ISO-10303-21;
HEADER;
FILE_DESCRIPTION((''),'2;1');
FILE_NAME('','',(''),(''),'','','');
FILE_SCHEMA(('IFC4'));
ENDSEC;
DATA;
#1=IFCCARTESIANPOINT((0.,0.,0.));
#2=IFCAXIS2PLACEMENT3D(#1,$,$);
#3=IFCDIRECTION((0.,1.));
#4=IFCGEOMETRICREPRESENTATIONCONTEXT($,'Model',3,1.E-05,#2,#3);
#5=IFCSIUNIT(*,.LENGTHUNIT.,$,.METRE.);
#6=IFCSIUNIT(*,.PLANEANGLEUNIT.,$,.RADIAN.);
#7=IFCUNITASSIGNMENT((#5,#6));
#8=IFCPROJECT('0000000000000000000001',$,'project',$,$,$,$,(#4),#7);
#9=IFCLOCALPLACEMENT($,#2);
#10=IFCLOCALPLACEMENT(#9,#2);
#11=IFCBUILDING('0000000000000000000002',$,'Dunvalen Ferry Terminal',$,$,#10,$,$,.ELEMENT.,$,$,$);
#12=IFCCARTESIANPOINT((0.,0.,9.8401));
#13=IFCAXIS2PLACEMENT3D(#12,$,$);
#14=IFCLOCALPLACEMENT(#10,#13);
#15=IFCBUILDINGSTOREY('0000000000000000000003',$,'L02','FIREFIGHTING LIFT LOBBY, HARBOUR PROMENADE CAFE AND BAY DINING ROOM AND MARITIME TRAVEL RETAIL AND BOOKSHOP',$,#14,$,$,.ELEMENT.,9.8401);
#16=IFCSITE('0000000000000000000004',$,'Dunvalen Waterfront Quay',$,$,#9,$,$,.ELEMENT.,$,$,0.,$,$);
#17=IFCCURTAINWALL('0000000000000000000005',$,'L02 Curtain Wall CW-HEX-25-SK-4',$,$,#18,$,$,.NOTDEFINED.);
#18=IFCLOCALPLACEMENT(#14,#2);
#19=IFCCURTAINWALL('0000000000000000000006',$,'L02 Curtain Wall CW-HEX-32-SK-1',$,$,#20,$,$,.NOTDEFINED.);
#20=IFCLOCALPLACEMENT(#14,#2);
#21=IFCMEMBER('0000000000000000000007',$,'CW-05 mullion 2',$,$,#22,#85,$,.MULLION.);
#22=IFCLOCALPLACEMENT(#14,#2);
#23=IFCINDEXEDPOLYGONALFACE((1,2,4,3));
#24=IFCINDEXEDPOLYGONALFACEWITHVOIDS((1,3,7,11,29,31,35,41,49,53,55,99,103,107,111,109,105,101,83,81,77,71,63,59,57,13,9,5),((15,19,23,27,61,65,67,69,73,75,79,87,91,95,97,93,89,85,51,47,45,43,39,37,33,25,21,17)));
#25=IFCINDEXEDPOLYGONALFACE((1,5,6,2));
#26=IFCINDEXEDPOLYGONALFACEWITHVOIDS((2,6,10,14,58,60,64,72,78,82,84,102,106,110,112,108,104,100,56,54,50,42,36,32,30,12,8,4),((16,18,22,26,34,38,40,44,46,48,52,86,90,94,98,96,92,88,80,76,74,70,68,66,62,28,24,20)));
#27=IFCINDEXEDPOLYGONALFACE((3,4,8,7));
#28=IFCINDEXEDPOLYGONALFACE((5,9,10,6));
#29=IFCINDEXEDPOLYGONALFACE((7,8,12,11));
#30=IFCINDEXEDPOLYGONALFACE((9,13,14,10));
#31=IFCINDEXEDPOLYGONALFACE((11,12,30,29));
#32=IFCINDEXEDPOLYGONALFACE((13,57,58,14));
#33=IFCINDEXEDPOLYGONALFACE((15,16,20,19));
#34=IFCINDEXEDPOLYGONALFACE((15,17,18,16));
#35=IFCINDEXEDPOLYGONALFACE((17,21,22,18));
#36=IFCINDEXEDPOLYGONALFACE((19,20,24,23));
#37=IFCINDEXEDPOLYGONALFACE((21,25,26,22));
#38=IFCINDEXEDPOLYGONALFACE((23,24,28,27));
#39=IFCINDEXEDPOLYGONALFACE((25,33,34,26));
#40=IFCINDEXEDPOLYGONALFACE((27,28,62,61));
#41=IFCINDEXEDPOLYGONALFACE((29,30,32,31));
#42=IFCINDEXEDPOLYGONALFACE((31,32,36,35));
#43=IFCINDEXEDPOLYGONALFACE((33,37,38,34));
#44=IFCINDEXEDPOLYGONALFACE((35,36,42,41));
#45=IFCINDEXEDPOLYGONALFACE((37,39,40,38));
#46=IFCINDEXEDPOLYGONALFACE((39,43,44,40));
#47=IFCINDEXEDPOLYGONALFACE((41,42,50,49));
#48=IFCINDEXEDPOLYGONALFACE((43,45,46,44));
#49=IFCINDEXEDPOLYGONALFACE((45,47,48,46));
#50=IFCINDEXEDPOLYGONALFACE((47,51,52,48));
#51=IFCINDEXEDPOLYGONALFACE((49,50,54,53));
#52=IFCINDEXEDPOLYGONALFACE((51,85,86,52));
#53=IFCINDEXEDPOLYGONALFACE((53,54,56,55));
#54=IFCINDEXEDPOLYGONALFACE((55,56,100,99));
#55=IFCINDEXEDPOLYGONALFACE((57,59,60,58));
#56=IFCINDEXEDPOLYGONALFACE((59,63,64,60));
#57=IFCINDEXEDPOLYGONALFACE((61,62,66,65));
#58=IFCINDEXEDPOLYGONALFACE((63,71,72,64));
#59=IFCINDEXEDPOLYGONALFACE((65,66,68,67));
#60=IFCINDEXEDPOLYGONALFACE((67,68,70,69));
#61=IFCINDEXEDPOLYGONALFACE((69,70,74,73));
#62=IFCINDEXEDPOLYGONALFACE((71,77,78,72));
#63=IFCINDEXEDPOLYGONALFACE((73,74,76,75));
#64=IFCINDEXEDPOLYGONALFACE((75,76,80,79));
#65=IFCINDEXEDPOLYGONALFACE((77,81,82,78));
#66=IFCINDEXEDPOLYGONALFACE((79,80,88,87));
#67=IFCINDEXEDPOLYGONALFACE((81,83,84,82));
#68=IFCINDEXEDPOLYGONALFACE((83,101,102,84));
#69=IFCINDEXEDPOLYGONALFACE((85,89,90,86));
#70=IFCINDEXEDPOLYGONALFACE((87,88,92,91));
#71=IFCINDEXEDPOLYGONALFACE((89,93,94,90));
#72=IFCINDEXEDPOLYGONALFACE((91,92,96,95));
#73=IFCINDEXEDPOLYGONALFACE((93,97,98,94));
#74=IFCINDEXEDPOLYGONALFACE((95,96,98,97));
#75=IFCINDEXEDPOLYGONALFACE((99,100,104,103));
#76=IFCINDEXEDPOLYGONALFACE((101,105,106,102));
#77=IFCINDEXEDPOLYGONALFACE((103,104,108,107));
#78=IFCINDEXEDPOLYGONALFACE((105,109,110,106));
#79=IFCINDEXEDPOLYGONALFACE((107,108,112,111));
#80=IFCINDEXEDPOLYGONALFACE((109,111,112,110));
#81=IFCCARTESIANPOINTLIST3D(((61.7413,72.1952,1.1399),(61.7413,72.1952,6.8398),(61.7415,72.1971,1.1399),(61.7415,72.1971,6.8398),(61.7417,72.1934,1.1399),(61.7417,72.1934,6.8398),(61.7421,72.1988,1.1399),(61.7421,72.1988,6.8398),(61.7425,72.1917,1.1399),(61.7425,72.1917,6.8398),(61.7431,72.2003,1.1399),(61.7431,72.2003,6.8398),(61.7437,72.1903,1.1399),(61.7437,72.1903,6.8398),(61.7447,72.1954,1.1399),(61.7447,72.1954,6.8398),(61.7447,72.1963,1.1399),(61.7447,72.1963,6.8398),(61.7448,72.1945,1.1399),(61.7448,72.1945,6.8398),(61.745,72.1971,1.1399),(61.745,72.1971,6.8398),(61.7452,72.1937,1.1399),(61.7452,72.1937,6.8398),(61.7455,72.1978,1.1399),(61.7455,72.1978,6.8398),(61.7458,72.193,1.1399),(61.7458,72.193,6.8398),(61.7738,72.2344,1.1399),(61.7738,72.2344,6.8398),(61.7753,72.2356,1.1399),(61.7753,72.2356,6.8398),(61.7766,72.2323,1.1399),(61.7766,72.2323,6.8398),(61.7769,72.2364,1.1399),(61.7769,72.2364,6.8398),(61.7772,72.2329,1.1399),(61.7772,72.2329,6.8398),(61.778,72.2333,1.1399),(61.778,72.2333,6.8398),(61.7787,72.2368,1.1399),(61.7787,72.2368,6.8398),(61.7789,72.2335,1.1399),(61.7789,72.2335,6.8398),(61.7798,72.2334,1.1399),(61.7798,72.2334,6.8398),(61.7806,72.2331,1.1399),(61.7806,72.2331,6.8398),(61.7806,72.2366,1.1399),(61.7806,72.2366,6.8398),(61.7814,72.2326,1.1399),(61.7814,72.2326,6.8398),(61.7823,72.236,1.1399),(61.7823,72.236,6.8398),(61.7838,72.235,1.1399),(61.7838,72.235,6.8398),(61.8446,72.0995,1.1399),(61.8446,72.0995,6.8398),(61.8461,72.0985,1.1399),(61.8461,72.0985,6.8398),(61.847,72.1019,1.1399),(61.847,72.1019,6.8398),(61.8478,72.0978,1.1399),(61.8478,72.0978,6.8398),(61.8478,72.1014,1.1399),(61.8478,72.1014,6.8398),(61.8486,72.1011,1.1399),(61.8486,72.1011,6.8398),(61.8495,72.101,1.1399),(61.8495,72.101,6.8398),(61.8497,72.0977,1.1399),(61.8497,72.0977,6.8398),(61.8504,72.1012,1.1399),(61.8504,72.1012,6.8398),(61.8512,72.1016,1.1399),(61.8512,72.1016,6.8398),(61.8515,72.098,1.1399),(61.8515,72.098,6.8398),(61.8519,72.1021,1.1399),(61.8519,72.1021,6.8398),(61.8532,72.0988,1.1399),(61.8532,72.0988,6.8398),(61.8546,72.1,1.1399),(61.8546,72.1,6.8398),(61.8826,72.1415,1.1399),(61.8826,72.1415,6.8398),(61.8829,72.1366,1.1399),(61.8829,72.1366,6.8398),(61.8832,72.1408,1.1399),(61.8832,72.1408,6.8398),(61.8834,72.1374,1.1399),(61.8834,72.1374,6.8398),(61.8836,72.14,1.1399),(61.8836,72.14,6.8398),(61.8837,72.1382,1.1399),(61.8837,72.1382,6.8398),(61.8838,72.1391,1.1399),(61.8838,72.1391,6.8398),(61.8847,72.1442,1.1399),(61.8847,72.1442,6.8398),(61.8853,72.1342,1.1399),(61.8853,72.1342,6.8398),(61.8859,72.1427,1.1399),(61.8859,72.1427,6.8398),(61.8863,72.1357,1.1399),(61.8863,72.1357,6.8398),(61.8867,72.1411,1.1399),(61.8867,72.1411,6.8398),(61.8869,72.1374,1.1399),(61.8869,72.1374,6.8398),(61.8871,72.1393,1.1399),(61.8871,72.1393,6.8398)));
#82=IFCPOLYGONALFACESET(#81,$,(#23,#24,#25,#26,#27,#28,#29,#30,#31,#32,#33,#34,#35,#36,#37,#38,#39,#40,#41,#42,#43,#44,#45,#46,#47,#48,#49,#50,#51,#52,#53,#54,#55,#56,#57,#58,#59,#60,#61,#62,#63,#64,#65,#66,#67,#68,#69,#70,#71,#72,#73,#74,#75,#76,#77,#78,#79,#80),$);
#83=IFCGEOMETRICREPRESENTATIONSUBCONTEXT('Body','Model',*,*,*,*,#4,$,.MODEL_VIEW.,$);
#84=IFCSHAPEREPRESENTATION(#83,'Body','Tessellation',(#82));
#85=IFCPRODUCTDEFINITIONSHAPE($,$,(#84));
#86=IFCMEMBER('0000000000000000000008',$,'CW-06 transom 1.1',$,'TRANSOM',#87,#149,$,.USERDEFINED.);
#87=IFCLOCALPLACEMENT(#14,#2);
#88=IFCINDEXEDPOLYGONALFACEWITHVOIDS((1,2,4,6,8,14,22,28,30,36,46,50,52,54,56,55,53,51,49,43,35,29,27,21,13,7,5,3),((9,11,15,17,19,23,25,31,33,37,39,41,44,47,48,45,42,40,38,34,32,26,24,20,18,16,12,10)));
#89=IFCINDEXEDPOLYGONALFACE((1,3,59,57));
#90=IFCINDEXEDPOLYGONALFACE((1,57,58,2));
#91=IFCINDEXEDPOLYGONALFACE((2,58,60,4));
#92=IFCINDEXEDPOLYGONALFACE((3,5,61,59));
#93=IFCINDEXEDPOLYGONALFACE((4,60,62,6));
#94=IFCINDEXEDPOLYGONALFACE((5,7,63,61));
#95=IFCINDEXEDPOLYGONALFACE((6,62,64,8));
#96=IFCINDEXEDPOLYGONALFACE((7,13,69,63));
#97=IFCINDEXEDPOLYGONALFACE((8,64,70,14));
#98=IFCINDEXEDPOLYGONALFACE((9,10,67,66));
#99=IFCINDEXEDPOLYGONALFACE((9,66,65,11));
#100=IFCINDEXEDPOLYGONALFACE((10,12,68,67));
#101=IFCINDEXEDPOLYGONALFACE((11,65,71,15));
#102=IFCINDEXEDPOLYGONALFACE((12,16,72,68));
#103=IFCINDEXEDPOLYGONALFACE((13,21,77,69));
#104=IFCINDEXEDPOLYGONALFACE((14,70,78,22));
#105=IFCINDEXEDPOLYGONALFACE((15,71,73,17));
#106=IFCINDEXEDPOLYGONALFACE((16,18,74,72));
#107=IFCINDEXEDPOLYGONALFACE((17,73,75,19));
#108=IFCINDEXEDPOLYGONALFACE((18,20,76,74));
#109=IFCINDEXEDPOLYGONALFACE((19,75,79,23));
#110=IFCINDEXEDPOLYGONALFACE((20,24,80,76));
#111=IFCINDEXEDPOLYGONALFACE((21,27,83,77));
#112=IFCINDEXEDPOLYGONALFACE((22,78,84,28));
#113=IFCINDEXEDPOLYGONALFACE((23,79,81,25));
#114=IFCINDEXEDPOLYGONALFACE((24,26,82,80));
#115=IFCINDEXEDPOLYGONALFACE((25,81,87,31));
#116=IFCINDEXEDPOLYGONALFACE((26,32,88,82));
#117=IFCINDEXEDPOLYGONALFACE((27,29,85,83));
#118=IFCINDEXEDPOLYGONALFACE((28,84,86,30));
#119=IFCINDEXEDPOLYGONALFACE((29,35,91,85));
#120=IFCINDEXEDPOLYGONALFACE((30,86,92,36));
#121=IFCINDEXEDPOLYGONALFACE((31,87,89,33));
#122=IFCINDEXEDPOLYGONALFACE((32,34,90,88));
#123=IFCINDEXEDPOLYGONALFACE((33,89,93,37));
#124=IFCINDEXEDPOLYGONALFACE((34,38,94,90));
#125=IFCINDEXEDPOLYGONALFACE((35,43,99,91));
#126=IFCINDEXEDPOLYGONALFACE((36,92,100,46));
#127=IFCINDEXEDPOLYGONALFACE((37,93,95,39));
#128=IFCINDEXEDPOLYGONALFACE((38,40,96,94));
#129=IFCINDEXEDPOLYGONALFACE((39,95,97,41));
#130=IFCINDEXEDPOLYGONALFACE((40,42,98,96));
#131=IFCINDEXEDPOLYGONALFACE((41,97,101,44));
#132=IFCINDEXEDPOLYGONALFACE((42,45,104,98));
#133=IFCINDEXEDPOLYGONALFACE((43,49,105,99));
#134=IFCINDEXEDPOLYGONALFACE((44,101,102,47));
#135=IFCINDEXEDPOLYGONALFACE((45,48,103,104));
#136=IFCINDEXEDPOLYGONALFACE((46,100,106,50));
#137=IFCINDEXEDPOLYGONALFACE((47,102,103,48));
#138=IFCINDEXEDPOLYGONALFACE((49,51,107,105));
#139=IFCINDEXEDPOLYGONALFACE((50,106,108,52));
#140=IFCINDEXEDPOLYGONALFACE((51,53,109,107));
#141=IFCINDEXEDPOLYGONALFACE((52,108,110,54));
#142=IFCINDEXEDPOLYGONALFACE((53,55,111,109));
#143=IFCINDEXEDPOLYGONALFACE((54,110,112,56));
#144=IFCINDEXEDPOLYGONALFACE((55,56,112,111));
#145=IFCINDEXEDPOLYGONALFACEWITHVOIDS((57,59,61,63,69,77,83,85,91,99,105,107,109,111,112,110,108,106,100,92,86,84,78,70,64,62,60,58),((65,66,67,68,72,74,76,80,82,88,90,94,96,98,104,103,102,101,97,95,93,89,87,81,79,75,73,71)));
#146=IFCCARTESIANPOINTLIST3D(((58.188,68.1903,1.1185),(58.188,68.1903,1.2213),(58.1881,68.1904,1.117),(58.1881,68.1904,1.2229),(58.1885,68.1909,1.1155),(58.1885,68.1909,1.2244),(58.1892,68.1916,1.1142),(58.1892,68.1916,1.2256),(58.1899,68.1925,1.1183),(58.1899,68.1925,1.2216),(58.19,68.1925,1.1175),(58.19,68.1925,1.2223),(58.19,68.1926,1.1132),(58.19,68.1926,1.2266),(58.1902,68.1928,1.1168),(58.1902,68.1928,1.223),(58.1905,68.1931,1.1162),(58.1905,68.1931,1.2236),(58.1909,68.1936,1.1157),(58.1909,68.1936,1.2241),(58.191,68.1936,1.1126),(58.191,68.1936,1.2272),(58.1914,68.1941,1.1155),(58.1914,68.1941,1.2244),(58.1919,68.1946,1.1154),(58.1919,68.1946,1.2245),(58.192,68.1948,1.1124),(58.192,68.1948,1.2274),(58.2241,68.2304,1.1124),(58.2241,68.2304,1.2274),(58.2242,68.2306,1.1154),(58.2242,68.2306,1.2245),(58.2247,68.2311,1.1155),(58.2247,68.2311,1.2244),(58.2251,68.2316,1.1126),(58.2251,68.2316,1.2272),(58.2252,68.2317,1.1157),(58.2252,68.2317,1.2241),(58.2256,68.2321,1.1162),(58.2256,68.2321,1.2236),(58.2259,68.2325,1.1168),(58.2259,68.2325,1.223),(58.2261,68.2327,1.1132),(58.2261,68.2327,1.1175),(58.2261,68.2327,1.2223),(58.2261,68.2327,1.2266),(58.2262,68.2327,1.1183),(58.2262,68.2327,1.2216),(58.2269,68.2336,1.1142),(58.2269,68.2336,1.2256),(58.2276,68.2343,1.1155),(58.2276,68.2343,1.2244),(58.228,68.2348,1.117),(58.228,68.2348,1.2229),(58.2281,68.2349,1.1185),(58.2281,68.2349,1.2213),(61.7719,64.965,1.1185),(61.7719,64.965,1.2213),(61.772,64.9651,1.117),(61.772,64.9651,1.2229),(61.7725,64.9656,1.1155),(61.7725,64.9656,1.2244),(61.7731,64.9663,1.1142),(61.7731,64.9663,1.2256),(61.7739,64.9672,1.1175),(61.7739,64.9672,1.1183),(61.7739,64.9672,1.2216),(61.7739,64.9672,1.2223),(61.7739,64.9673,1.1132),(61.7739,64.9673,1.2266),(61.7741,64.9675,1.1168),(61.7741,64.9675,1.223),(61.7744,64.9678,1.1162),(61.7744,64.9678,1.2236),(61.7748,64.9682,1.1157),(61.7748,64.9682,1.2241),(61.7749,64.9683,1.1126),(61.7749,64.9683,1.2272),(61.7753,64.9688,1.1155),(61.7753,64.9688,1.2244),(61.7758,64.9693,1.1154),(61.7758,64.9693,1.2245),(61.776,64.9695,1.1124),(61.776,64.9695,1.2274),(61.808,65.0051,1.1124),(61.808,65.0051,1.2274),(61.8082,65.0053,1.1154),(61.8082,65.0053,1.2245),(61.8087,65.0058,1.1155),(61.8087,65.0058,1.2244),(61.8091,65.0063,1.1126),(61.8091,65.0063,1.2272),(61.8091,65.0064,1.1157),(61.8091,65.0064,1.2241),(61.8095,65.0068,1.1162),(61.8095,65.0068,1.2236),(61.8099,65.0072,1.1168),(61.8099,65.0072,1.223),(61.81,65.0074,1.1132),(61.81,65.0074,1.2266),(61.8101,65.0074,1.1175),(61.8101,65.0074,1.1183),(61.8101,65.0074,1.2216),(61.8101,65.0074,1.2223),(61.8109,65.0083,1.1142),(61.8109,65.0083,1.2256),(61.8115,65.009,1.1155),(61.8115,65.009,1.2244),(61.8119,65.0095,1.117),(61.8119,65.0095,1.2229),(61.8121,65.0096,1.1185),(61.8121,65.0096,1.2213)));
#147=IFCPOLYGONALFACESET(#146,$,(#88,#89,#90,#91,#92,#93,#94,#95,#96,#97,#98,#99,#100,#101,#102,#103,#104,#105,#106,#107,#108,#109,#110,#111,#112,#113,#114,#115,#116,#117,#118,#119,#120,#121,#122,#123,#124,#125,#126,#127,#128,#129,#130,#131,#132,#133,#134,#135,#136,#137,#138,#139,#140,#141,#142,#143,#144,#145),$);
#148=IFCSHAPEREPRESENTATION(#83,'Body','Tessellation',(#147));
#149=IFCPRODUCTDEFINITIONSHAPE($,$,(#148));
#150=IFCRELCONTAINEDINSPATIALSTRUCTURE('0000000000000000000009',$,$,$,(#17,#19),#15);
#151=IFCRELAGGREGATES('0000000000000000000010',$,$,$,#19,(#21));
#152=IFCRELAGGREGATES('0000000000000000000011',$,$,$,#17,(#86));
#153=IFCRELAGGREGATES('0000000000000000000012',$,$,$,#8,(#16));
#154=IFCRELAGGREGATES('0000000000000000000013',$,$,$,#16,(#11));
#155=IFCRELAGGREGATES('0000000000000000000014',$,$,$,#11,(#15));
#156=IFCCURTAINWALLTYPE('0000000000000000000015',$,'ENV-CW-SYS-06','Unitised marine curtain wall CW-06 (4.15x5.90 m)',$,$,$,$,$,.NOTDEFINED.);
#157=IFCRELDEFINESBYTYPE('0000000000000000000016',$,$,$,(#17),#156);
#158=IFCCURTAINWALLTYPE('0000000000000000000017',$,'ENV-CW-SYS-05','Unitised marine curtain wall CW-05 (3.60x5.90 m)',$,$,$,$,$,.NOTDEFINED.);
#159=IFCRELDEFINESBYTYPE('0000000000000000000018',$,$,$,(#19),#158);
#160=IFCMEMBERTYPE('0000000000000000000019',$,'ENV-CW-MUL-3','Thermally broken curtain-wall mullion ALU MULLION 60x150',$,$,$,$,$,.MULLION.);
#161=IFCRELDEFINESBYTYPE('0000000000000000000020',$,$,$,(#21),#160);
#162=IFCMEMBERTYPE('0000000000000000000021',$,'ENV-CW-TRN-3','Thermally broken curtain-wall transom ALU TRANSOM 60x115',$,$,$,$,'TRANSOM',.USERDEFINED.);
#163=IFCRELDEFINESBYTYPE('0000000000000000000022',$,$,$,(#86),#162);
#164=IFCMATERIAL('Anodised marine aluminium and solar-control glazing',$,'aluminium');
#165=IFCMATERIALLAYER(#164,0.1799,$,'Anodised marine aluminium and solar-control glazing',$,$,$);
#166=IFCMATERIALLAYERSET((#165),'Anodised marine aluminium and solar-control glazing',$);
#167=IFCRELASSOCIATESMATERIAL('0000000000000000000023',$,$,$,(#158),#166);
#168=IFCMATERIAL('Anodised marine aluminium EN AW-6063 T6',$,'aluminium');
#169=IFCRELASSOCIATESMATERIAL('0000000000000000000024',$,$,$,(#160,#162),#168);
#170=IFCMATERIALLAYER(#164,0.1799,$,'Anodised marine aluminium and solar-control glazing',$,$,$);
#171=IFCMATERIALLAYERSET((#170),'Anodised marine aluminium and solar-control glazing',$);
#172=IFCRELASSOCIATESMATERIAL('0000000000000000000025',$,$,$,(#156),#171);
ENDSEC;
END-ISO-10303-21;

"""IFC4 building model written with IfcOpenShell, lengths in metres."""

from ifc_helpers import new_model, si_unit, direction, frame, origin, origin_2d, place, context, subcontext, project, spatial, hollow_rectangle, extrude, material, layer, layer_set, material_profile, profile_set, type_object, element, aggregate, save


model = new_model("IFC4")

# Units and contexts
model_context = context("Model", 3, precision=1e-05, world=origin(), true_north=direction((0.0, 1.0)))
body_context = subcontext(model_context, "Body", "Model", "MODEL_VIEW")
ifc_project = project(units=[si_unit("LENGTHUNIT", "METRE"), si_unit("PLANEANGLEUNIT", "RADIAN")], contexts=[model_context])

# Site, building, storey
site_placement = place(None, origin())
site = spatial("IfcSite", under=ifc_project, at=site_placement, Name="Dunvalen Waterfront Quay", CompositionType="ELEMENT", RefElevation=0.0)
building_placement = place(site_placement, origin())
building = spatial("IfcBuilding", under=site, at=building_placement, Name="Dunvalen Ferry Terminal", CompositionType="ELEMENT")
storey_placement = place(building_placement, frame((0.0, 0.0, 9.8401)))
storey = spatial("IfcBuildingStorey", under=building, at=storey_placement, Name="L02", Description="FIREFIGHTING LIFT LOBBY, HARBOUR PROMENADE CAFE AND BAY DINING ROOM AND MARITIME TRAVEL RETAIL AND BOOKSHOP", CompositionType="ELEMENT", Elevation=9.8401)

# Curtain walls, member
ifc_material_1 = material(Name="Anodised marine aluminium and solar-control glazing", Category="aluminium")
ifc_layer_1 = layer(ifc_material_1, 0.1799, Name="Anodised marine aluminium and solar-control glazing")
ifc_layer_set_1 = layer_set([ifc_layer_1], Name="Anodised marine aluminium and solar-control glazing")
curtain_wall_type_1 = type_object("IfcCurtainWallType", Name="ENV-CW-SYS-05", Description="Unitised marine curtain wall CW-05 (3.60x5.90 m)", PredefinedType="NOTDEFINED", material=ifc_layer_set_1)
ifc_material_2 = material(Name="Anodised marine aluminium EN AW-6063 T6", Category="aluminium")
ifc_material_profile_1 = material_profile(ifc_material_2, hollow_rectangle(XDim=0.0601, YDim=0.1499, WallThickness=0.0034, InnerFilletRadius=0.0034, OuterFilletRadius=0.0071, at=origin_2d()), Name="Anodised marine aluminium EN AW-6063 T6")
ifc_profile_set_1 = profile_set([ifc_material_profile_1], Name="Anodised marine aluminium EN AW-6063 T6")
member_type_1 = type_object("IfcMemberType", Name="ENV-CW-MUL-3", Description="Thermally broken curtain-wall mullion ALU MULLION 60x150", PredefinedType="MULLION", material=ifc_profile_set_1)
ifc_layer_2 = layer(ifc_material_1, 0.1799, Name="Anodised marine aluminium and solar-control glazing")
ifc_layer_set_2 = layer_set([ifc_layer_2], Name="Anodised marine aluminium and solar-control glazing")
curtain_wall_type_2 = type_object("IfcCurtainWallType", Name="ENV-CW-SYS-06", Description="Unitised marine curtain wall CW-06 (4.15x5.90 m)", PredefinedType="NOTDEFINED", material=ifc_layer_set_2)
curtain_wall_1_placement = place(storey_placement, origin())
curtain_wall_1 = element("IfcCurtainWall", 1, at=curtain_wall_1_placement, inside=storey, type_object=curtain_wall_type_2, Name="L02 Curtain Wall CW-HEX-25-SK-4", PredefinedType="NOTDEFINED")
curtain_wall_2_placement = place(storey_placement, origin())
curtain_wall_2 = element("IfcCurtainWall", 2, at=curtain_wall_2_placement, inside=storey, type_object=curtain_wall_type_1, Name="L02 Curtain Wall CW-HEX-32-SK-1", PredefinedType="NOTDEFINED")
member_1_placement = place(storey_placement, frame((61.8142, 72.1672, 1.1399), z_axis=(0.0, 0.0, 1.0), x_axis=(0.668954, 0.743304, 0.0)))
member_1 = element("IfcMember", 3, at=member_1_placement, type_object=member_type_1, Name="CW-05 mullion 2", PredefinedType="MULLION", context=body_context, shape_type="SweptSolid", body=[
    extrude(hollow_rectangle(XDim=0.0601, YDim=0.1499, WallThickness=0.0034, InnerFilletRadius=0.0034, OuterFilletRadius=0.0071, at=origin_2d()), origin(), (0.0, 0.0, 1.0), 5.7),
])
aggregate(curtain_wall_2, [member_1])

# Member
ifc_material_profile_2 = material_profile(ifc_material_2, hollow_rectangle(XDim=0.0601, YDim=0.115, WallThickness=0.0029, InnerFilletRadius=0.0029, OuterFilletRadius=0.0061, at=origin_2d()), Name="Anodised marine aluminium EN AW-6063 T6")
ifc_profile_set_2 = profile_set([ifc_material_profile_2], Name="Anodised marine aluminium EN AW-6063 T6")
member_type_2 = type_object("IfcMemberType", Name="ENV-CW-TRN-3", Description="Thermally broken curtain-wall transom ALU TRANSOM 60x115", ElementType="TRANSOM", PredefinedType="USERDEFINED", material=ifc_profile_set_2)
member_2_placement = place(storey_placement, frame((61.792, 64.9873, 1.1699), z_axis=(-0.743319, 0.668937, 0.0), x_axis=(-0.668937, -0.743319, 0.0)))
member_2 = element("IfcMember", 4, at=member_2_placement, type_object=member_type_2, Name="CW-06 transom 1.1", ObjectType="TRANSOM", PredefinedType="USERDEFINED", context=body_context, shape_type="SweptSolid", body=[
    extrude(hollow_rectangle(XDim=0.0601, YDim=0.115, WallThickness=0.0029, InnerFilletRadius=0.0029, OuterFilletRadius=0.0061, at=origin_2d()), origin(), (0.0, 0.0, 1.0), 4.8215),
])
aggregate(curtain_wall_1, [member_2])

save(model, "model.ifc")
